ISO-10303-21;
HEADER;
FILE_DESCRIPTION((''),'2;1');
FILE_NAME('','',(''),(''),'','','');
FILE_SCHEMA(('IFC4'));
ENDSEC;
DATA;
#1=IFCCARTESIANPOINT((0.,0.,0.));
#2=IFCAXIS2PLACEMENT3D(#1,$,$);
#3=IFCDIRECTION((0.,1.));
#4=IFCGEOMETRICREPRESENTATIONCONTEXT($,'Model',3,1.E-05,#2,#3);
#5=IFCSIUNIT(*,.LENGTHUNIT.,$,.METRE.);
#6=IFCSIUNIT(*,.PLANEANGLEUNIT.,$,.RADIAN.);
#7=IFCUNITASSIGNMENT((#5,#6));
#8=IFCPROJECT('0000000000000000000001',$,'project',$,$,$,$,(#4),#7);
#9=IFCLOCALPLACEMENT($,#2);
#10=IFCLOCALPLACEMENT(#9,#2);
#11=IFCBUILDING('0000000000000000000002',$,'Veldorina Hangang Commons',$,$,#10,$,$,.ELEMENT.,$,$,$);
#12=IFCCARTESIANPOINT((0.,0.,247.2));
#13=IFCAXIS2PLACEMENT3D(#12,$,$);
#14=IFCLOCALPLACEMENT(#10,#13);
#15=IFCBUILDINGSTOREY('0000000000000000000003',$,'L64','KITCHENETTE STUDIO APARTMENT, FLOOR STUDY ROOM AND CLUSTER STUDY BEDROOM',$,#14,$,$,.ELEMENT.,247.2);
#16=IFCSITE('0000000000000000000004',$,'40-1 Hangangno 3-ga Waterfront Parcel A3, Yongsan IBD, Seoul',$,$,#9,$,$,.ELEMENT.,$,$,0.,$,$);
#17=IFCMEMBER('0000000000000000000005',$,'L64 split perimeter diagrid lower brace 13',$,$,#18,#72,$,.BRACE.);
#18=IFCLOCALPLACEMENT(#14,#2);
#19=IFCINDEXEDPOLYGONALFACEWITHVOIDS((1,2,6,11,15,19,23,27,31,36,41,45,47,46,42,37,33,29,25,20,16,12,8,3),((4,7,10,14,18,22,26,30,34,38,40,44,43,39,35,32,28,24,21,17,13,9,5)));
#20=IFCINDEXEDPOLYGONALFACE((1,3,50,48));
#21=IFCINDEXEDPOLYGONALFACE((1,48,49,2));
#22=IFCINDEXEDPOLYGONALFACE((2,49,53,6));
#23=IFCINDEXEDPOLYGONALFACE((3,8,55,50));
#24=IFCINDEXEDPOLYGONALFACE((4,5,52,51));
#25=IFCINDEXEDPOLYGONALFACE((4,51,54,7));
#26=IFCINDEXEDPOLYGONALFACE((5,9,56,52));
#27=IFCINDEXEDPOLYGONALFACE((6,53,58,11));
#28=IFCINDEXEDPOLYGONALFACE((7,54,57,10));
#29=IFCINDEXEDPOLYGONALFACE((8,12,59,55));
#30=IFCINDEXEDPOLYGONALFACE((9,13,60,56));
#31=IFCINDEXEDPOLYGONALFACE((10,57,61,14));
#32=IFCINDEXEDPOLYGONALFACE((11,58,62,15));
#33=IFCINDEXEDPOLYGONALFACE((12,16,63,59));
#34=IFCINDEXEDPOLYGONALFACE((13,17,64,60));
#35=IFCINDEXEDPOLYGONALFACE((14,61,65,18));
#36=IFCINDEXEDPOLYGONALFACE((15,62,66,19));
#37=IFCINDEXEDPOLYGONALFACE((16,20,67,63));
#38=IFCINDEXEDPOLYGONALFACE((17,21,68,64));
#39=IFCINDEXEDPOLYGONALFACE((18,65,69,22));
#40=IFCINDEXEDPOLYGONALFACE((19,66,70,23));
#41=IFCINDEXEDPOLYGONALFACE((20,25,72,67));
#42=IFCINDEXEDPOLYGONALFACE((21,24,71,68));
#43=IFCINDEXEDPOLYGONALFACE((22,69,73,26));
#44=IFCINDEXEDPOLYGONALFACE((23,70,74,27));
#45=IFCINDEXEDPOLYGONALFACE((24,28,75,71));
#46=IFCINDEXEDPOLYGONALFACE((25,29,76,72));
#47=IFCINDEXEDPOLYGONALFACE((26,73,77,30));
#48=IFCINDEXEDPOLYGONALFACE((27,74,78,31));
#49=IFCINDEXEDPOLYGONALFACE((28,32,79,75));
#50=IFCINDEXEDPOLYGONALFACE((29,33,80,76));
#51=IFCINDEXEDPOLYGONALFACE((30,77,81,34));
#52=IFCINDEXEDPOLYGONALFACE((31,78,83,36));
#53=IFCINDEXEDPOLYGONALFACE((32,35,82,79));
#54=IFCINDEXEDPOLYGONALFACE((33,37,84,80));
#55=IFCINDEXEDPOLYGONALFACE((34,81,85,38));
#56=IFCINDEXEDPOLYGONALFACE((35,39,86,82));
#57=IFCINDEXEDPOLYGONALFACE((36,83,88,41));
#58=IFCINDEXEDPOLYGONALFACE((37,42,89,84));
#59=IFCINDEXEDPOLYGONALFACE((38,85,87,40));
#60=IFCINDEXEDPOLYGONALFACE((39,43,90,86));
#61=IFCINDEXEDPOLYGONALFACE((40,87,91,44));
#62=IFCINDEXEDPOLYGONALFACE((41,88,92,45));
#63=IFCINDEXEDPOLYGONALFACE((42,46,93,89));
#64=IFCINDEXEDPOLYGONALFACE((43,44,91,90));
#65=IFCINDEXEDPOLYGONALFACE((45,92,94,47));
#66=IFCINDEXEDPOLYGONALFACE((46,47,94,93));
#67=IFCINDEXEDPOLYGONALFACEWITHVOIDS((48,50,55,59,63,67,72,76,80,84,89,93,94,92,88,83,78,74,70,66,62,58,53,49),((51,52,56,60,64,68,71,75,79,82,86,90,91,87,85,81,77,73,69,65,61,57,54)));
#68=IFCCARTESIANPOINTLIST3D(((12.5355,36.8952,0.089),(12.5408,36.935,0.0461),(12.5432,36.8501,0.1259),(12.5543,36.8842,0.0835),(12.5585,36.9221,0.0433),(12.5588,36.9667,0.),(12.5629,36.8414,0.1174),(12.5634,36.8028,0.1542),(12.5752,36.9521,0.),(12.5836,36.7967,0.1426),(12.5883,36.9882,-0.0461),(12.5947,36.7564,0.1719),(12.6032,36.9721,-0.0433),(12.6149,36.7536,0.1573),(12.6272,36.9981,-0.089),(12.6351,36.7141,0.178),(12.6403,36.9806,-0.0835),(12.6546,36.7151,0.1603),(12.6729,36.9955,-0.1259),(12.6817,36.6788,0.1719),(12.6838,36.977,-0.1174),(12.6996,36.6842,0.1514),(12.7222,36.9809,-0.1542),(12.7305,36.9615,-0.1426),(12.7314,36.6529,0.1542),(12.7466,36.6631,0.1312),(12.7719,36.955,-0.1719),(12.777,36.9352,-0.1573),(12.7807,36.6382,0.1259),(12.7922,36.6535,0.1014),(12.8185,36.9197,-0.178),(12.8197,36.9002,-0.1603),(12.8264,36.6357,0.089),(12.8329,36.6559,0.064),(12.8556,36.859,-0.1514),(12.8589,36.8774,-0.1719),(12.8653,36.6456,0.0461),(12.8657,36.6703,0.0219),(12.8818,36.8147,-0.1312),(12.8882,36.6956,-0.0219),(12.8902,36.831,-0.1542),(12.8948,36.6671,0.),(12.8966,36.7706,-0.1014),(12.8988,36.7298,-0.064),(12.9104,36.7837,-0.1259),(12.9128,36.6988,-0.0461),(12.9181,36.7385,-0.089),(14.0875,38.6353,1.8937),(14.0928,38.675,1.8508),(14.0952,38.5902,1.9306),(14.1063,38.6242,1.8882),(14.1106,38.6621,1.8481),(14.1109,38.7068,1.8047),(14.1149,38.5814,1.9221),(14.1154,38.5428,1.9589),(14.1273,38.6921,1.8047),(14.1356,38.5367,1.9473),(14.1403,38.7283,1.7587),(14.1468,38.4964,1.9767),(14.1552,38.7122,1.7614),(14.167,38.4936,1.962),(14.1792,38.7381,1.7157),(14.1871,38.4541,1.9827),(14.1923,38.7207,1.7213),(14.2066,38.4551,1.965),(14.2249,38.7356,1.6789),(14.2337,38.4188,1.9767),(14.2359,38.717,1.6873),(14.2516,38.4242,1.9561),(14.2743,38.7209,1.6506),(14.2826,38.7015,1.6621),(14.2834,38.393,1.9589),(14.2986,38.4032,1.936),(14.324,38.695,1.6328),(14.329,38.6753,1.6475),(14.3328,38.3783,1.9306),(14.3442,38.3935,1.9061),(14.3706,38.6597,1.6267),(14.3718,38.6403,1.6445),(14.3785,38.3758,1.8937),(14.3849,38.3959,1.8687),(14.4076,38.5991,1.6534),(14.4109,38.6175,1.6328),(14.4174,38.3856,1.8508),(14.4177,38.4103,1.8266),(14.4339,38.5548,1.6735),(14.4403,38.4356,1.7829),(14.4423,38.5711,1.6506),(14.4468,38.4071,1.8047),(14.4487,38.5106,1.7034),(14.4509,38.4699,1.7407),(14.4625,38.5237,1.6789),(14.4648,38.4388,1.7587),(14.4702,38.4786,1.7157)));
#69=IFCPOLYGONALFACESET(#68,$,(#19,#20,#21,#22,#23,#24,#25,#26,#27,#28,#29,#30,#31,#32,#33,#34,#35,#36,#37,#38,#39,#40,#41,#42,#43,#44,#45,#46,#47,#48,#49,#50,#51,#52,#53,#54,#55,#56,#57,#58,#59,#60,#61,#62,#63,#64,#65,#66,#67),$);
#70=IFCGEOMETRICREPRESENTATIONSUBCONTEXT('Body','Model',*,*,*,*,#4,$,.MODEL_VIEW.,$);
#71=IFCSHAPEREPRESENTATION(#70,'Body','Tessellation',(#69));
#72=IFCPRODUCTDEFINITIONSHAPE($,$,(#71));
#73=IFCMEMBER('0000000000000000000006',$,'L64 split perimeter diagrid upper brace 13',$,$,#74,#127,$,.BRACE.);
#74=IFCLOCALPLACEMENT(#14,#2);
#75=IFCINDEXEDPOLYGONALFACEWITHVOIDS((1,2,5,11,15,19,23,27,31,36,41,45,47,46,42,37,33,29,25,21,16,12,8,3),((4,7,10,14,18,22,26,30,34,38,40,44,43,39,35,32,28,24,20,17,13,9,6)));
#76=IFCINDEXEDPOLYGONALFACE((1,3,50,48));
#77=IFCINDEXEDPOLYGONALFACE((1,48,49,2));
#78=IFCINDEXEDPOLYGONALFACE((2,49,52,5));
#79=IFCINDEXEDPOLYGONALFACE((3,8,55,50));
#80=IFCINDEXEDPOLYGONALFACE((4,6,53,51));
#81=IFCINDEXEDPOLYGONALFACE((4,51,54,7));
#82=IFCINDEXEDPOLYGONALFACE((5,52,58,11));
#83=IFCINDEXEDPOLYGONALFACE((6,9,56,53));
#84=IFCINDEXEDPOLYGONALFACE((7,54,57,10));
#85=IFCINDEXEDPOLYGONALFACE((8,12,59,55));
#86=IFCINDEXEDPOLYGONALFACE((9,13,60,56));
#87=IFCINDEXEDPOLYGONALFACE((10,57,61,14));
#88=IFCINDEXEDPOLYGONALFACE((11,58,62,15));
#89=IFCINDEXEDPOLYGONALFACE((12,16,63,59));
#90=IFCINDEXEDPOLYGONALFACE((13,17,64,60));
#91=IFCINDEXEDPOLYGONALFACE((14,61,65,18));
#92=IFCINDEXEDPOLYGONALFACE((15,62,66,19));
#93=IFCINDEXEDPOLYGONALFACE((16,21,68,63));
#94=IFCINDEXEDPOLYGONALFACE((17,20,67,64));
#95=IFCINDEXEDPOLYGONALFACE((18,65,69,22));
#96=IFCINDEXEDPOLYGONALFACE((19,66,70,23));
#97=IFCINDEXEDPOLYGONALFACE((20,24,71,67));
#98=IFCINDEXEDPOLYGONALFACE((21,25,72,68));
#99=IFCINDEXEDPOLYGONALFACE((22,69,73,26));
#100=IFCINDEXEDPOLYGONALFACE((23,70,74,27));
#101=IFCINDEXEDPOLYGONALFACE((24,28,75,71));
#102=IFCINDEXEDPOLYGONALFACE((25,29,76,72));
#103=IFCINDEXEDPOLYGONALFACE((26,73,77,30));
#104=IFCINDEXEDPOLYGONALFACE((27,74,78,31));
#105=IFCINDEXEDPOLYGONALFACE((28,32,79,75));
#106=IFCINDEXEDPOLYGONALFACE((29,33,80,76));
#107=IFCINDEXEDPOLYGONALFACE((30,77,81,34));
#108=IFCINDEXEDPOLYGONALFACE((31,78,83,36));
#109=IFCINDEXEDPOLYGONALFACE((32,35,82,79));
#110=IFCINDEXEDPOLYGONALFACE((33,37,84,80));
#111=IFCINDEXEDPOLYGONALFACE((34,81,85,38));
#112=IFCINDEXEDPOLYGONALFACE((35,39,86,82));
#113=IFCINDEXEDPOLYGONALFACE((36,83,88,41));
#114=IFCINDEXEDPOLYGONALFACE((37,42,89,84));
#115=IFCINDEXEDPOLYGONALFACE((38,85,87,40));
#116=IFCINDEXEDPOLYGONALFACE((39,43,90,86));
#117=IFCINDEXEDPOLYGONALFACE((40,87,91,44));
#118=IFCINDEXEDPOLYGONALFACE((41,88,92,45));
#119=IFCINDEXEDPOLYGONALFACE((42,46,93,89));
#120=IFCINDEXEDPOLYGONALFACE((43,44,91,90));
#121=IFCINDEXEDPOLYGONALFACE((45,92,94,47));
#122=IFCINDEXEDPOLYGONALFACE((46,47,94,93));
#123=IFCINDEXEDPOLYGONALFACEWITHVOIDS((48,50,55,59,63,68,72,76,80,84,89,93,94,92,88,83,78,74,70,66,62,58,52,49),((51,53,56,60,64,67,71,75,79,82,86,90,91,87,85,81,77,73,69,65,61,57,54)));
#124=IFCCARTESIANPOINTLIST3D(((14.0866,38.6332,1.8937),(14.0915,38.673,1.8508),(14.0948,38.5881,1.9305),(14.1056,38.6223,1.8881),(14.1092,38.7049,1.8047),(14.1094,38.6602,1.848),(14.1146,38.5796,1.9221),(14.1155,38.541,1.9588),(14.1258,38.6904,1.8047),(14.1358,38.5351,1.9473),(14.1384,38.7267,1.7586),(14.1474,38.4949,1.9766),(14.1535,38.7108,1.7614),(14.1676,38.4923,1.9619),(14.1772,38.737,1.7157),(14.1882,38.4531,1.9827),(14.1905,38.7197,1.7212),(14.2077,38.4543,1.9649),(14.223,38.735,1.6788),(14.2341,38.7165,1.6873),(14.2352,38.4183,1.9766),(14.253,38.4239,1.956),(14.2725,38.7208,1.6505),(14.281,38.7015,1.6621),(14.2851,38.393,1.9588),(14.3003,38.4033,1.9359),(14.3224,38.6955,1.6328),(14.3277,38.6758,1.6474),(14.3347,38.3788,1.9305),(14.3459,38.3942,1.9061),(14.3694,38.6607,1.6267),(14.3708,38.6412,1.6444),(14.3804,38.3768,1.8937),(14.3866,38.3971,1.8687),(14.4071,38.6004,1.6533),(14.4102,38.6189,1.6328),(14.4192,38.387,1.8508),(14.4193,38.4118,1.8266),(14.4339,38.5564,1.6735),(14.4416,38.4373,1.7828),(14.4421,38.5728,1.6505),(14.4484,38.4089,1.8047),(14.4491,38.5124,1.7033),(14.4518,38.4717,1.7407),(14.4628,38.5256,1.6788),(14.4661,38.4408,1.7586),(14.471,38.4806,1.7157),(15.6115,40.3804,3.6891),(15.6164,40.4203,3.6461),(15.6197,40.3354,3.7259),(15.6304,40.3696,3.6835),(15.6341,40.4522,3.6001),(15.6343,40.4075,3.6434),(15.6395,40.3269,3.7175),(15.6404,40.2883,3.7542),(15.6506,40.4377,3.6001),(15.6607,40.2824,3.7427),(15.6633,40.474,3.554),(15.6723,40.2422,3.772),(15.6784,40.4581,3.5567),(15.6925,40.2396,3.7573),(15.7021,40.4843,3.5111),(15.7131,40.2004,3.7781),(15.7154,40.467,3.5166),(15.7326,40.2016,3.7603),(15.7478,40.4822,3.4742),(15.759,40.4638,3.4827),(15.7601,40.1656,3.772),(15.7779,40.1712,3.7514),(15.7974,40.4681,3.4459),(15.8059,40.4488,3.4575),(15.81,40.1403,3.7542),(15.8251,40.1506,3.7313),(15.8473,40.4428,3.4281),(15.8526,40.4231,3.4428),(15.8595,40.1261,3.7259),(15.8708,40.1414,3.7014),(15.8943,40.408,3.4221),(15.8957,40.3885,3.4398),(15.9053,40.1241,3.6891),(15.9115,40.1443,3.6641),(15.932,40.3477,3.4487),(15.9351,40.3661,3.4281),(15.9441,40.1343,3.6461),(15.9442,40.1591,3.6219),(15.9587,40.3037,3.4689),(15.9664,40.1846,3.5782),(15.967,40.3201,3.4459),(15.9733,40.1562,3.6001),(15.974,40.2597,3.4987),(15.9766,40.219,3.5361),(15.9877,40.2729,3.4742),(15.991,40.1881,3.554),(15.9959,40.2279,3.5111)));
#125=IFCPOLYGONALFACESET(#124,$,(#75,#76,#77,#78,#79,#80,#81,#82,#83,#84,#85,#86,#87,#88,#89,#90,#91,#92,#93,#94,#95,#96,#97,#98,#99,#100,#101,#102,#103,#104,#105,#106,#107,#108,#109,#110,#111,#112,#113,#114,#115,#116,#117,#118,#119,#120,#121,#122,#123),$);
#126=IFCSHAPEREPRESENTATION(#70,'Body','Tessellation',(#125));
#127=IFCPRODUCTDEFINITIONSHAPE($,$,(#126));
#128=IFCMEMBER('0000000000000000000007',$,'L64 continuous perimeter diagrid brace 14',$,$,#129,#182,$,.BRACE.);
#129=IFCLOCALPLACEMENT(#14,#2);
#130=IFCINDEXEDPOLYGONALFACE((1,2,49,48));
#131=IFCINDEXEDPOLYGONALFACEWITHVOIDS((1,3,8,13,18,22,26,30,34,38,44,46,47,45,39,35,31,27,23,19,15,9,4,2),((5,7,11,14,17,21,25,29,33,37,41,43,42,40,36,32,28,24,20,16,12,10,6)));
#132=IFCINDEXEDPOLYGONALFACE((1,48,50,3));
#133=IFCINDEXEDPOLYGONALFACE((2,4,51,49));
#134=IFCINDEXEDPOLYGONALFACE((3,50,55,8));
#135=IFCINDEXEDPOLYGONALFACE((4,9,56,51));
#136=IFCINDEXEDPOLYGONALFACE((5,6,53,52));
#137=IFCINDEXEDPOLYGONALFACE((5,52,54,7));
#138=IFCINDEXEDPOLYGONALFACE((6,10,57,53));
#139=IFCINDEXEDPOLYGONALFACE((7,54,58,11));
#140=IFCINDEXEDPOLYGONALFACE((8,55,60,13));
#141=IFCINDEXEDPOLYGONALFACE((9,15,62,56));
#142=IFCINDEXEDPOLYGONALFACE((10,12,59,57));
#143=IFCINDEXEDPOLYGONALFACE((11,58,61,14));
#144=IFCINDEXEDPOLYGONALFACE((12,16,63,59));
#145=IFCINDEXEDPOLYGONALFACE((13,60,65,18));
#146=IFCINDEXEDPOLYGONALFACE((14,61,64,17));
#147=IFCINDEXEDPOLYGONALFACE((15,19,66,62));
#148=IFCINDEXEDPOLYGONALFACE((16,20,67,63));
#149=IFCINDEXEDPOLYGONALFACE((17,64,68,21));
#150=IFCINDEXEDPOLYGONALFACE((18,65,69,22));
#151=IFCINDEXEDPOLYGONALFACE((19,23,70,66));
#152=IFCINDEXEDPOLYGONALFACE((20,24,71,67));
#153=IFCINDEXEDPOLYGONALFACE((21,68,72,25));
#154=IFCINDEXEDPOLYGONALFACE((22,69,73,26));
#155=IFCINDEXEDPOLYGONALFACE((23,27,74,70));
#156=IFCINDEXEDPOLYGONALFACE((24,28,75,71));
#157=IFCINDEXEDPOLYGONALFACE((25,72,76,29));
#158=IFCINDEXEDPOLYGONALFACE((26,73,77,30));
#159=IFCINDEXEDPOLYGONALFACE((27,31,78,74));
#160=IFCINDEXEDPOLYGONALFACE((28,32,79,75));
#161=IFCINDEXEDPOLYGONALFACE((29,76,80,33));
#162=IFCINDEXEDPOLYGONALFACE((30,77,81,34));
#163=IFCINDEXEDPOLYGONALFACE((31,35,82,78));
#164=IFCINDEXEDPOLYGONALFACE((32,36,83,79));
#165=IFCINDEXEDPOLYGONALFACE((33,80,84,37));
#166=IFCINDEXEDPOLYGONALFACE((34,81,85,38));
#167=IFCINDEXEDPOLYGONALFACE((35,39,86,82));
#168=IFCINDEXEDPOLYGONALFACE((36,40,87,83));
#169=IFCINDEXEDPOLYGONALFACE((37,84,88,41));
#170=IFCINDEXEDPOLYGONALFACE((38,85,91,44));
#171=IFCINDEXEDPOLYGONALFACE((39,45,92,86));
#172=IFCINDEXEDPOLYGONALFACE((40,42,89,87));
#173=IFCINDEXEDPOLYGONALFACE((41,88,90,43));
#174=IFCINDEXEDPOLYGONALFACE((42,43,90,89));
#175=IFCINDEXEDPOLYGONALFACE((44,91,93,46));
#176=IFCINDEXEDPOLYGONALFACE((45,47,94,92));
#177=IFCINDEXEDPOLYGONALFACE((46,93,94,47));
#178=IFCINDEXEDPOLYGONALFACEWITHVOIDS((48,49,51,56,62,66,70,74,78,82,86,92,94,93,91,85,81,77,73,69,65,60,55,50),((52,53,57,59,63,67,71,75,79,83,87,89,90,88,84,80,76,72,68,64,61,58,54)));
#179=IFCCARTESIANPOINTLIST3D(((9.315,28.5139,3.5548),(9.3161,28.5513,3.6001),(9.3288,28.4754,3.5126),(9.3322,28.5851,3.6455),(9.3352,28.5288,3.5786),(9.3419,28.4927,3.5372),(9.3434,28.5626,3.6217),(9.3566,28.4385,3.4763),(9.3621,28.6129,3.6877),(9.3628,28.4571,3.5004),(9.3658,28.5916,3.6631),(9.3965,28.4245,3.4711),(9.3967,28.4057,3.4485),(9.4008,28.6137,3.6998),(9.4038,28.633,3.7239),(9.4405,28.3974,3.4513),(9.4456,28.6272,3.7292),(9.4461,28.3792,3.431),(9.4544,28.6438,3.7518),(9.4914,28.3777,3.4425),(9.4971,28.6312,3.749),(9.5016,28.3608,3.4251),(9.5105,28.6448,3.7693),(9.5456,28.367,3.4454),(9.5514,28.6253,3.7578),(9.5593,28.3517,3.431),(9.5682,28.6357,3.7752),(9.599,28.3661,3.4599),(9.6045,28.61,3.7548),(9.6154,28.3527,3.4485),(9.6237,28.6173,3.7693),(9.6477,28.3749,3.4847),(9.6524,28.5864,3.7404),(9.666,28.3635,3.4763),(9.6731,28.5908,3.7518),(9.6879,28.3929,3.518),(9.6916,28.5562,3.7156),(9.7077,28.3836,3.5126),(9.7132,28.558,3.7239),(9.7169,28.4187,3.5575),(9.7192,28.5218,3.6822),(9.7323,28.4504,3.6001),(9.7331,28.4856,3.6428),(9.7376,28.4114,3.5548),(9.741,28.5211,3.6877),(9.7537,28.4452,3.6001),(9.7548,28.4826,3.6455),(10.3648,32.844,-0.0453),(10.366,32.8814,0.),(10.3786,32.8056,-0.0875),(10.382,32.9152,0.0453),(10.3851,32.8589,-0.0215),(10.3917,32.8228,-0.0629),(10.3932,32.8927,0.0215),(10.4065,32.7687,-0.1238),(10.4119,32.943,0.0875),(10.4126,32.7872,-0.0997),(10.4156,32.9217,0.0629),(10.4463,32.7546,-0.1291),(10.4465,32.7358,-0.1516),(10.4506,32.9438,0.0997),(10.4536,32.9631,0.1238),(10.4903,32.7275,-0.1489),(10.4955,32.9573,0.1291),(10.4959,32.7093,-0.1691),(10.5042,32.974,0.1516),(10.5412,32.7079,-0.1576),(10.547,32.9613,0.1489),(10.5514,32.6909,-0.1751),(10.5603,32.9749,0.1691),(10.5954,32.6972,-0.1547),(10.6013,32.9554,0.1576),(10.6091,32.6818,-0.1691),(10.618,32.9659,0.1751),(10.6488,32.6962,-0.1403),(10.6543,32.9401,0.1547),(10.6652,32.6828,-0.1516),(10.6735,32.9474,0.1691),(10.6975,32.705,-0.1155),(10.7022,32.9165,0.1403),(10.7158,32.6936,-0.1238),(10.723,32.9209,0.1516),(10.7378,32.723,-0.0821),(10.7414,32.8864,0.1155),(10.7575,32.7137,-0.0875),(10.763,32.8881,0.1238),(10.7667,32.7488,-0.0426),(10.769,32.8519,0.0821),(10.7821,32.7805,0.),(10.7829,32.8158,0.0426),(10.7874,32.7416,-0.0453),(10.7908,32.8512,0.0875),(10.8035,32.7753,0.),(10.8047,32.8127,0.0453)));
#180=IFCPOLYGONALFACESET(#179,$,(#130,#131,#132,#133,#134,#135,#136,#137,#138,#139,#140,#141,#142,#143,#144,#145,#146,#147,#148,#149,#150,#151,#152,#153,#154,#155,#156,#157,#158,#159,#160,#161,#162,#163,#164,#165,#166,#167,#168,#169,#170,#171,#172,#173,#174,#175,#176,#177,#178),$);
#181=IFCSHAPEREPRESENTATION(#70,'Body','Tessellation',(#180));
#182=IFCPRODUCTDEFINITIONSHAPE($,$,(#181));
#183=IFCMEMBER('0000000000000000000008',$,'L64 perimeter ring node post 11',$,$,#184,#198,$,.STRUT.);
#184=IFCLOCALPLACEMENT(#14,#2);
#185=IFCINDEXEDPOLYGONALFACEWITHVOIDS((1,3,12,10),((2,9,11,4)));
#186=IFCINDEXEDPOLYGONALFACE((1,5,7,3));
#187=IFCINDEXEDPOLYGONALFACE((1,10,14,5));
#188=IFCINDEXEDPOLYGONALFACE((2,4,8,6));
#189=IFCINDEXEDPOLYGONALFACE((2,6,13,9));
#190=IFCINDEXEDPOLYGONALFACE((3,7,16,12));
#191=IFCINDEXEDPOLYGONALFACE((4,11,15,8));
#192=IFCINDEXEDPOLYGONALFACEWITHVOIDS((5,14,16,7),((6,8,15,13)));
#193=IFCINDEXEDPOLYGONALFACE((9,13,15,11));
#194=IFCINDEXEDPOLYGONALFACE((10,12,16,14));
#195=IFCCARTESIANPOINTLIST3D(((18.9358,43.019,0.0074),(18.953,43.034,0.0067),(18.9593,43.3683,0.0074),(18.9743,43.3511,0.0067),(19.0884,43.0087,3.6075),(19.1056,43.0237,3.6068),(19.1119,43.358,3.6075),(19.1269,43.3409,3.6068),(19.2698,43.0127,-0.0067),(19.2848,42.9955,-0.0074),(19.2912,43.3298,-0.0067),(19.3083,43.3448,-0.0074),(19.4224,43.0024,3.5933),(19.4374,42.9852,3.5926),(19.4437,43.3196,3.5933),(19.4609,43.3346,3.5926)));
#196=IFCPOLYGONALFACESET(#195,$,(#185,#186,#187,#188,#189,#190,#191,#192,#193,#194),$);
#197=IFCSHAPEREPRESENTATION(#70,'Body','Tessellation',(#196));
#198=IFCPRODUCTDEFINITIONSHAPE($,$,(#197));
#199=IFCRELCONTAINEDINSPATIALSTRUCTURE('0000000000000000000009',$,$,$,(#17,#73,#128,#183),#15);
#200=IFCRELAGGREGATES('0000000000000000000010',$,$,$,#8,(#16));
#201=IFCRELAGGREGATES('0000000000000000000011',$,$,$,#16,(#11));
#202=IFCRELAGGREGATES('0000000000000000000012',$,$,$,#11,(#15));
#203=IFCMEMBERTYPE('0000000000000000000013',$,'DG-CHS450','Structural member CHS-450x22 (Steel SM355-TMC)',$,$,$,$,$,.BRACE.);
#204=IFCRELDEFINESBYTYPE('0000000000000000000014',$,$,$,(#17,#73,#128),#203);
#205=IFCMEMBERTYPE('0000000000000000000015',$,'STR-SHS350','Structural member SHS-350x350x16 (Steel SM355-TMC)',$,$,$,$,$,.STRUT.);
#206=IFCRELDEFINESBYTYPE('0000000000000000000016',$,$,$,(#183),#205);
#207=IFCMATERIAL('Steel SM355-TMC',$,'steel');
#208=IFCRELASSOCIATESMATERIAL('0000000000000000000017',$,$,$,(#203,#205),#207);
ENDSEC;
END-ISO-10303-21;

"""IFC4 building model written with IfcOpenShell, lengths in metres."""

from ifc_helpers import new_model, si_unit, direction, frame, origin, origin_2d, place, context, subcontext, project, spatial, hollow_rectangle, hollow_circle, extrude, material, material_profile, profile_set, type_object, element, save


model = new_model("IFC4")

# Units and contexts
model_context = context("Model", 3, precision=1e-05, world=origin(), true_north=direction((0.0, 1.0)))
body_context = subcontext(model_context, "Body", "Model", "MODEL_VIEW")
ifc_project = project(units=[si_unit("LENGTHUNIT", "METRE"), si_unit("PLANEANGLEUNIT", "RADIAN")], contexts=[model_context])

# Site, building, storey
site_placement = place(None, origin())
site = spatial("IfcSite", under=ifc_project, at=site_placement, Name="40-1 Hangangno 3-ga Waterfront Parcel A3, Yongsan IBD, Seoul", CompositionType="ELEMENT", RefElevation=0.0)
building_placement = place(site_placement, origin())
building = spatial("IfcBuilding", under=site, at=building_placement, Name="Veldorina Hangang Commons", CompositionType="ELEMENT")
storey_placement = place(building_placement, frame((0.0, 0.0, 247.2)))
storey = spatial("IfcBuildingStorey", under=building, at=storey_placement, Name="L64", Description="KITCHENETTE STUDIO APARTMENT, FLOOR STUDY ROOM AND CLUSTER STUDY BEDROOM", CompositionType="ELEMENT", Elevation=247.2)

# Shared definitions
ifc_material_1 = material(Name="Steel SM355-TMC", Category="steel")

# Members
ifc_material_profile_1 = material_profile(ifc_material_1, hollow_circle(Radius=0.2251, WallThickness=0.022, at=origin_2d()), Name="CHS-450x22")
ifc_profile_set_1 = profile_set([ifc_material_profile_1], Name="Steel SM355-TMC")
member_type_1 = type_object("IfcMemberType", Name="DG-CHS450", Description="Structural member CHS-450x22 (Steel SM355-TMC)", PredefinedType="BRACE", material=ifc_profile_set_1)
member_1_placement = place(storey_placement, frame((12.7268, 36.8169, 0.0), z_axis=(0.526385, 0.590144, 0.612087), x_axis=(-0.74627, 0.665643, 0.0)))
element("IfcMember", 1, at=member_1_placement, inside=storey, type_object=member_type_1, Name="L64 split perimeter diagrid lower brace 13", PredefinedType="BRACE", context=body_context, shape_type="SweptSolid", body=[
    extrude(hollow_circle(Radius=0.2251, WallThickness=0.022, at=origin_2d()), origin(), (0.0, 0.0, 1.0), 2.9485),
])
member_2_placement = place(storey_placement, frame((14.2788, 38.5569, 1.8047), z_axis=(0.519929, 0.595762, 0.612161), x_axis=(-0.75343, 0.657528, 0.0)))
element("IfcMember", 2, at=member_2_placement, inside=storey, type_object=member_type_1, Name="L64 split perimeter diagrid upper brace 13", PredefinedType="BRACE", context=body_context, shape_type="SweptSolid", body=[
    extrude(hollow_circle(Radius=0.2251, WallThickness=0.022, at=origin_2d()), origin(), (0.0, 0.0, 1.0), 2.9329),
])
member_3_placement = place(storey_placement, frame((10.5847, 32.8284, 0.0), z_axis=(-0.183269, -0.755922, 0.628486), x_axis=(0.971846, -0.235619, 0.0)))
element("IfcMember", 3, at=member_3_placement, inside=storey, type_object=member_type_1, Name="L64 continuous perimeter diagrid brace 14", PredefinedType="BRACE", context=body_context, shape_type="SweptSolid", body=[
    extrude(hollow_circle(Radius=0.2251, WallThickness=0.022, at=origin_2d()), origin(), (0.0, 0.0, 1.0), 5.7283),
])
ifc_material_profile_2 = material_profile(ifc_material_1, hollow_rectangle(XDim=0.3501, YDim=0.3501, WallThickness=0.0161, at=origin_2d()), Name="SHS-350x350x16")
ifc_profile_set_2 = profile_set([ifc_material_profile_2], Name="Steel SM355-TMC")
member_type_2 = type_object("IfcMemberType", Name="STR-SHS350", Description="Structural member SHS-350x350x16 (Steel SM355-TMC)", PredefinedType="STRUT", material=ifc_profile_set_2)
member_4_placement = place(storey_placement, frame((19.1221, 43.1819, 0.0), z_axis=(0.042346, -0.002846, 0.999099), x_axis=(0.067049, 0.99775, 0.0)))
element("IfcMember", 4, at=member_4_placement, inside=storey, type_object=member_type_2, Name="L64 perimeter ring node post 11", PredefinedType="STRUT", context=body_context, shape_type="SweptSolid", body=[
    extrude(hollow_rectangle(XDim=0.3501, YDim=0.3501, WallThickness=0.0161, at=origin_2d()), origin(), (0.0, 0.0, 1.0), 3.6033),
])

save(model, "model.ifc")
